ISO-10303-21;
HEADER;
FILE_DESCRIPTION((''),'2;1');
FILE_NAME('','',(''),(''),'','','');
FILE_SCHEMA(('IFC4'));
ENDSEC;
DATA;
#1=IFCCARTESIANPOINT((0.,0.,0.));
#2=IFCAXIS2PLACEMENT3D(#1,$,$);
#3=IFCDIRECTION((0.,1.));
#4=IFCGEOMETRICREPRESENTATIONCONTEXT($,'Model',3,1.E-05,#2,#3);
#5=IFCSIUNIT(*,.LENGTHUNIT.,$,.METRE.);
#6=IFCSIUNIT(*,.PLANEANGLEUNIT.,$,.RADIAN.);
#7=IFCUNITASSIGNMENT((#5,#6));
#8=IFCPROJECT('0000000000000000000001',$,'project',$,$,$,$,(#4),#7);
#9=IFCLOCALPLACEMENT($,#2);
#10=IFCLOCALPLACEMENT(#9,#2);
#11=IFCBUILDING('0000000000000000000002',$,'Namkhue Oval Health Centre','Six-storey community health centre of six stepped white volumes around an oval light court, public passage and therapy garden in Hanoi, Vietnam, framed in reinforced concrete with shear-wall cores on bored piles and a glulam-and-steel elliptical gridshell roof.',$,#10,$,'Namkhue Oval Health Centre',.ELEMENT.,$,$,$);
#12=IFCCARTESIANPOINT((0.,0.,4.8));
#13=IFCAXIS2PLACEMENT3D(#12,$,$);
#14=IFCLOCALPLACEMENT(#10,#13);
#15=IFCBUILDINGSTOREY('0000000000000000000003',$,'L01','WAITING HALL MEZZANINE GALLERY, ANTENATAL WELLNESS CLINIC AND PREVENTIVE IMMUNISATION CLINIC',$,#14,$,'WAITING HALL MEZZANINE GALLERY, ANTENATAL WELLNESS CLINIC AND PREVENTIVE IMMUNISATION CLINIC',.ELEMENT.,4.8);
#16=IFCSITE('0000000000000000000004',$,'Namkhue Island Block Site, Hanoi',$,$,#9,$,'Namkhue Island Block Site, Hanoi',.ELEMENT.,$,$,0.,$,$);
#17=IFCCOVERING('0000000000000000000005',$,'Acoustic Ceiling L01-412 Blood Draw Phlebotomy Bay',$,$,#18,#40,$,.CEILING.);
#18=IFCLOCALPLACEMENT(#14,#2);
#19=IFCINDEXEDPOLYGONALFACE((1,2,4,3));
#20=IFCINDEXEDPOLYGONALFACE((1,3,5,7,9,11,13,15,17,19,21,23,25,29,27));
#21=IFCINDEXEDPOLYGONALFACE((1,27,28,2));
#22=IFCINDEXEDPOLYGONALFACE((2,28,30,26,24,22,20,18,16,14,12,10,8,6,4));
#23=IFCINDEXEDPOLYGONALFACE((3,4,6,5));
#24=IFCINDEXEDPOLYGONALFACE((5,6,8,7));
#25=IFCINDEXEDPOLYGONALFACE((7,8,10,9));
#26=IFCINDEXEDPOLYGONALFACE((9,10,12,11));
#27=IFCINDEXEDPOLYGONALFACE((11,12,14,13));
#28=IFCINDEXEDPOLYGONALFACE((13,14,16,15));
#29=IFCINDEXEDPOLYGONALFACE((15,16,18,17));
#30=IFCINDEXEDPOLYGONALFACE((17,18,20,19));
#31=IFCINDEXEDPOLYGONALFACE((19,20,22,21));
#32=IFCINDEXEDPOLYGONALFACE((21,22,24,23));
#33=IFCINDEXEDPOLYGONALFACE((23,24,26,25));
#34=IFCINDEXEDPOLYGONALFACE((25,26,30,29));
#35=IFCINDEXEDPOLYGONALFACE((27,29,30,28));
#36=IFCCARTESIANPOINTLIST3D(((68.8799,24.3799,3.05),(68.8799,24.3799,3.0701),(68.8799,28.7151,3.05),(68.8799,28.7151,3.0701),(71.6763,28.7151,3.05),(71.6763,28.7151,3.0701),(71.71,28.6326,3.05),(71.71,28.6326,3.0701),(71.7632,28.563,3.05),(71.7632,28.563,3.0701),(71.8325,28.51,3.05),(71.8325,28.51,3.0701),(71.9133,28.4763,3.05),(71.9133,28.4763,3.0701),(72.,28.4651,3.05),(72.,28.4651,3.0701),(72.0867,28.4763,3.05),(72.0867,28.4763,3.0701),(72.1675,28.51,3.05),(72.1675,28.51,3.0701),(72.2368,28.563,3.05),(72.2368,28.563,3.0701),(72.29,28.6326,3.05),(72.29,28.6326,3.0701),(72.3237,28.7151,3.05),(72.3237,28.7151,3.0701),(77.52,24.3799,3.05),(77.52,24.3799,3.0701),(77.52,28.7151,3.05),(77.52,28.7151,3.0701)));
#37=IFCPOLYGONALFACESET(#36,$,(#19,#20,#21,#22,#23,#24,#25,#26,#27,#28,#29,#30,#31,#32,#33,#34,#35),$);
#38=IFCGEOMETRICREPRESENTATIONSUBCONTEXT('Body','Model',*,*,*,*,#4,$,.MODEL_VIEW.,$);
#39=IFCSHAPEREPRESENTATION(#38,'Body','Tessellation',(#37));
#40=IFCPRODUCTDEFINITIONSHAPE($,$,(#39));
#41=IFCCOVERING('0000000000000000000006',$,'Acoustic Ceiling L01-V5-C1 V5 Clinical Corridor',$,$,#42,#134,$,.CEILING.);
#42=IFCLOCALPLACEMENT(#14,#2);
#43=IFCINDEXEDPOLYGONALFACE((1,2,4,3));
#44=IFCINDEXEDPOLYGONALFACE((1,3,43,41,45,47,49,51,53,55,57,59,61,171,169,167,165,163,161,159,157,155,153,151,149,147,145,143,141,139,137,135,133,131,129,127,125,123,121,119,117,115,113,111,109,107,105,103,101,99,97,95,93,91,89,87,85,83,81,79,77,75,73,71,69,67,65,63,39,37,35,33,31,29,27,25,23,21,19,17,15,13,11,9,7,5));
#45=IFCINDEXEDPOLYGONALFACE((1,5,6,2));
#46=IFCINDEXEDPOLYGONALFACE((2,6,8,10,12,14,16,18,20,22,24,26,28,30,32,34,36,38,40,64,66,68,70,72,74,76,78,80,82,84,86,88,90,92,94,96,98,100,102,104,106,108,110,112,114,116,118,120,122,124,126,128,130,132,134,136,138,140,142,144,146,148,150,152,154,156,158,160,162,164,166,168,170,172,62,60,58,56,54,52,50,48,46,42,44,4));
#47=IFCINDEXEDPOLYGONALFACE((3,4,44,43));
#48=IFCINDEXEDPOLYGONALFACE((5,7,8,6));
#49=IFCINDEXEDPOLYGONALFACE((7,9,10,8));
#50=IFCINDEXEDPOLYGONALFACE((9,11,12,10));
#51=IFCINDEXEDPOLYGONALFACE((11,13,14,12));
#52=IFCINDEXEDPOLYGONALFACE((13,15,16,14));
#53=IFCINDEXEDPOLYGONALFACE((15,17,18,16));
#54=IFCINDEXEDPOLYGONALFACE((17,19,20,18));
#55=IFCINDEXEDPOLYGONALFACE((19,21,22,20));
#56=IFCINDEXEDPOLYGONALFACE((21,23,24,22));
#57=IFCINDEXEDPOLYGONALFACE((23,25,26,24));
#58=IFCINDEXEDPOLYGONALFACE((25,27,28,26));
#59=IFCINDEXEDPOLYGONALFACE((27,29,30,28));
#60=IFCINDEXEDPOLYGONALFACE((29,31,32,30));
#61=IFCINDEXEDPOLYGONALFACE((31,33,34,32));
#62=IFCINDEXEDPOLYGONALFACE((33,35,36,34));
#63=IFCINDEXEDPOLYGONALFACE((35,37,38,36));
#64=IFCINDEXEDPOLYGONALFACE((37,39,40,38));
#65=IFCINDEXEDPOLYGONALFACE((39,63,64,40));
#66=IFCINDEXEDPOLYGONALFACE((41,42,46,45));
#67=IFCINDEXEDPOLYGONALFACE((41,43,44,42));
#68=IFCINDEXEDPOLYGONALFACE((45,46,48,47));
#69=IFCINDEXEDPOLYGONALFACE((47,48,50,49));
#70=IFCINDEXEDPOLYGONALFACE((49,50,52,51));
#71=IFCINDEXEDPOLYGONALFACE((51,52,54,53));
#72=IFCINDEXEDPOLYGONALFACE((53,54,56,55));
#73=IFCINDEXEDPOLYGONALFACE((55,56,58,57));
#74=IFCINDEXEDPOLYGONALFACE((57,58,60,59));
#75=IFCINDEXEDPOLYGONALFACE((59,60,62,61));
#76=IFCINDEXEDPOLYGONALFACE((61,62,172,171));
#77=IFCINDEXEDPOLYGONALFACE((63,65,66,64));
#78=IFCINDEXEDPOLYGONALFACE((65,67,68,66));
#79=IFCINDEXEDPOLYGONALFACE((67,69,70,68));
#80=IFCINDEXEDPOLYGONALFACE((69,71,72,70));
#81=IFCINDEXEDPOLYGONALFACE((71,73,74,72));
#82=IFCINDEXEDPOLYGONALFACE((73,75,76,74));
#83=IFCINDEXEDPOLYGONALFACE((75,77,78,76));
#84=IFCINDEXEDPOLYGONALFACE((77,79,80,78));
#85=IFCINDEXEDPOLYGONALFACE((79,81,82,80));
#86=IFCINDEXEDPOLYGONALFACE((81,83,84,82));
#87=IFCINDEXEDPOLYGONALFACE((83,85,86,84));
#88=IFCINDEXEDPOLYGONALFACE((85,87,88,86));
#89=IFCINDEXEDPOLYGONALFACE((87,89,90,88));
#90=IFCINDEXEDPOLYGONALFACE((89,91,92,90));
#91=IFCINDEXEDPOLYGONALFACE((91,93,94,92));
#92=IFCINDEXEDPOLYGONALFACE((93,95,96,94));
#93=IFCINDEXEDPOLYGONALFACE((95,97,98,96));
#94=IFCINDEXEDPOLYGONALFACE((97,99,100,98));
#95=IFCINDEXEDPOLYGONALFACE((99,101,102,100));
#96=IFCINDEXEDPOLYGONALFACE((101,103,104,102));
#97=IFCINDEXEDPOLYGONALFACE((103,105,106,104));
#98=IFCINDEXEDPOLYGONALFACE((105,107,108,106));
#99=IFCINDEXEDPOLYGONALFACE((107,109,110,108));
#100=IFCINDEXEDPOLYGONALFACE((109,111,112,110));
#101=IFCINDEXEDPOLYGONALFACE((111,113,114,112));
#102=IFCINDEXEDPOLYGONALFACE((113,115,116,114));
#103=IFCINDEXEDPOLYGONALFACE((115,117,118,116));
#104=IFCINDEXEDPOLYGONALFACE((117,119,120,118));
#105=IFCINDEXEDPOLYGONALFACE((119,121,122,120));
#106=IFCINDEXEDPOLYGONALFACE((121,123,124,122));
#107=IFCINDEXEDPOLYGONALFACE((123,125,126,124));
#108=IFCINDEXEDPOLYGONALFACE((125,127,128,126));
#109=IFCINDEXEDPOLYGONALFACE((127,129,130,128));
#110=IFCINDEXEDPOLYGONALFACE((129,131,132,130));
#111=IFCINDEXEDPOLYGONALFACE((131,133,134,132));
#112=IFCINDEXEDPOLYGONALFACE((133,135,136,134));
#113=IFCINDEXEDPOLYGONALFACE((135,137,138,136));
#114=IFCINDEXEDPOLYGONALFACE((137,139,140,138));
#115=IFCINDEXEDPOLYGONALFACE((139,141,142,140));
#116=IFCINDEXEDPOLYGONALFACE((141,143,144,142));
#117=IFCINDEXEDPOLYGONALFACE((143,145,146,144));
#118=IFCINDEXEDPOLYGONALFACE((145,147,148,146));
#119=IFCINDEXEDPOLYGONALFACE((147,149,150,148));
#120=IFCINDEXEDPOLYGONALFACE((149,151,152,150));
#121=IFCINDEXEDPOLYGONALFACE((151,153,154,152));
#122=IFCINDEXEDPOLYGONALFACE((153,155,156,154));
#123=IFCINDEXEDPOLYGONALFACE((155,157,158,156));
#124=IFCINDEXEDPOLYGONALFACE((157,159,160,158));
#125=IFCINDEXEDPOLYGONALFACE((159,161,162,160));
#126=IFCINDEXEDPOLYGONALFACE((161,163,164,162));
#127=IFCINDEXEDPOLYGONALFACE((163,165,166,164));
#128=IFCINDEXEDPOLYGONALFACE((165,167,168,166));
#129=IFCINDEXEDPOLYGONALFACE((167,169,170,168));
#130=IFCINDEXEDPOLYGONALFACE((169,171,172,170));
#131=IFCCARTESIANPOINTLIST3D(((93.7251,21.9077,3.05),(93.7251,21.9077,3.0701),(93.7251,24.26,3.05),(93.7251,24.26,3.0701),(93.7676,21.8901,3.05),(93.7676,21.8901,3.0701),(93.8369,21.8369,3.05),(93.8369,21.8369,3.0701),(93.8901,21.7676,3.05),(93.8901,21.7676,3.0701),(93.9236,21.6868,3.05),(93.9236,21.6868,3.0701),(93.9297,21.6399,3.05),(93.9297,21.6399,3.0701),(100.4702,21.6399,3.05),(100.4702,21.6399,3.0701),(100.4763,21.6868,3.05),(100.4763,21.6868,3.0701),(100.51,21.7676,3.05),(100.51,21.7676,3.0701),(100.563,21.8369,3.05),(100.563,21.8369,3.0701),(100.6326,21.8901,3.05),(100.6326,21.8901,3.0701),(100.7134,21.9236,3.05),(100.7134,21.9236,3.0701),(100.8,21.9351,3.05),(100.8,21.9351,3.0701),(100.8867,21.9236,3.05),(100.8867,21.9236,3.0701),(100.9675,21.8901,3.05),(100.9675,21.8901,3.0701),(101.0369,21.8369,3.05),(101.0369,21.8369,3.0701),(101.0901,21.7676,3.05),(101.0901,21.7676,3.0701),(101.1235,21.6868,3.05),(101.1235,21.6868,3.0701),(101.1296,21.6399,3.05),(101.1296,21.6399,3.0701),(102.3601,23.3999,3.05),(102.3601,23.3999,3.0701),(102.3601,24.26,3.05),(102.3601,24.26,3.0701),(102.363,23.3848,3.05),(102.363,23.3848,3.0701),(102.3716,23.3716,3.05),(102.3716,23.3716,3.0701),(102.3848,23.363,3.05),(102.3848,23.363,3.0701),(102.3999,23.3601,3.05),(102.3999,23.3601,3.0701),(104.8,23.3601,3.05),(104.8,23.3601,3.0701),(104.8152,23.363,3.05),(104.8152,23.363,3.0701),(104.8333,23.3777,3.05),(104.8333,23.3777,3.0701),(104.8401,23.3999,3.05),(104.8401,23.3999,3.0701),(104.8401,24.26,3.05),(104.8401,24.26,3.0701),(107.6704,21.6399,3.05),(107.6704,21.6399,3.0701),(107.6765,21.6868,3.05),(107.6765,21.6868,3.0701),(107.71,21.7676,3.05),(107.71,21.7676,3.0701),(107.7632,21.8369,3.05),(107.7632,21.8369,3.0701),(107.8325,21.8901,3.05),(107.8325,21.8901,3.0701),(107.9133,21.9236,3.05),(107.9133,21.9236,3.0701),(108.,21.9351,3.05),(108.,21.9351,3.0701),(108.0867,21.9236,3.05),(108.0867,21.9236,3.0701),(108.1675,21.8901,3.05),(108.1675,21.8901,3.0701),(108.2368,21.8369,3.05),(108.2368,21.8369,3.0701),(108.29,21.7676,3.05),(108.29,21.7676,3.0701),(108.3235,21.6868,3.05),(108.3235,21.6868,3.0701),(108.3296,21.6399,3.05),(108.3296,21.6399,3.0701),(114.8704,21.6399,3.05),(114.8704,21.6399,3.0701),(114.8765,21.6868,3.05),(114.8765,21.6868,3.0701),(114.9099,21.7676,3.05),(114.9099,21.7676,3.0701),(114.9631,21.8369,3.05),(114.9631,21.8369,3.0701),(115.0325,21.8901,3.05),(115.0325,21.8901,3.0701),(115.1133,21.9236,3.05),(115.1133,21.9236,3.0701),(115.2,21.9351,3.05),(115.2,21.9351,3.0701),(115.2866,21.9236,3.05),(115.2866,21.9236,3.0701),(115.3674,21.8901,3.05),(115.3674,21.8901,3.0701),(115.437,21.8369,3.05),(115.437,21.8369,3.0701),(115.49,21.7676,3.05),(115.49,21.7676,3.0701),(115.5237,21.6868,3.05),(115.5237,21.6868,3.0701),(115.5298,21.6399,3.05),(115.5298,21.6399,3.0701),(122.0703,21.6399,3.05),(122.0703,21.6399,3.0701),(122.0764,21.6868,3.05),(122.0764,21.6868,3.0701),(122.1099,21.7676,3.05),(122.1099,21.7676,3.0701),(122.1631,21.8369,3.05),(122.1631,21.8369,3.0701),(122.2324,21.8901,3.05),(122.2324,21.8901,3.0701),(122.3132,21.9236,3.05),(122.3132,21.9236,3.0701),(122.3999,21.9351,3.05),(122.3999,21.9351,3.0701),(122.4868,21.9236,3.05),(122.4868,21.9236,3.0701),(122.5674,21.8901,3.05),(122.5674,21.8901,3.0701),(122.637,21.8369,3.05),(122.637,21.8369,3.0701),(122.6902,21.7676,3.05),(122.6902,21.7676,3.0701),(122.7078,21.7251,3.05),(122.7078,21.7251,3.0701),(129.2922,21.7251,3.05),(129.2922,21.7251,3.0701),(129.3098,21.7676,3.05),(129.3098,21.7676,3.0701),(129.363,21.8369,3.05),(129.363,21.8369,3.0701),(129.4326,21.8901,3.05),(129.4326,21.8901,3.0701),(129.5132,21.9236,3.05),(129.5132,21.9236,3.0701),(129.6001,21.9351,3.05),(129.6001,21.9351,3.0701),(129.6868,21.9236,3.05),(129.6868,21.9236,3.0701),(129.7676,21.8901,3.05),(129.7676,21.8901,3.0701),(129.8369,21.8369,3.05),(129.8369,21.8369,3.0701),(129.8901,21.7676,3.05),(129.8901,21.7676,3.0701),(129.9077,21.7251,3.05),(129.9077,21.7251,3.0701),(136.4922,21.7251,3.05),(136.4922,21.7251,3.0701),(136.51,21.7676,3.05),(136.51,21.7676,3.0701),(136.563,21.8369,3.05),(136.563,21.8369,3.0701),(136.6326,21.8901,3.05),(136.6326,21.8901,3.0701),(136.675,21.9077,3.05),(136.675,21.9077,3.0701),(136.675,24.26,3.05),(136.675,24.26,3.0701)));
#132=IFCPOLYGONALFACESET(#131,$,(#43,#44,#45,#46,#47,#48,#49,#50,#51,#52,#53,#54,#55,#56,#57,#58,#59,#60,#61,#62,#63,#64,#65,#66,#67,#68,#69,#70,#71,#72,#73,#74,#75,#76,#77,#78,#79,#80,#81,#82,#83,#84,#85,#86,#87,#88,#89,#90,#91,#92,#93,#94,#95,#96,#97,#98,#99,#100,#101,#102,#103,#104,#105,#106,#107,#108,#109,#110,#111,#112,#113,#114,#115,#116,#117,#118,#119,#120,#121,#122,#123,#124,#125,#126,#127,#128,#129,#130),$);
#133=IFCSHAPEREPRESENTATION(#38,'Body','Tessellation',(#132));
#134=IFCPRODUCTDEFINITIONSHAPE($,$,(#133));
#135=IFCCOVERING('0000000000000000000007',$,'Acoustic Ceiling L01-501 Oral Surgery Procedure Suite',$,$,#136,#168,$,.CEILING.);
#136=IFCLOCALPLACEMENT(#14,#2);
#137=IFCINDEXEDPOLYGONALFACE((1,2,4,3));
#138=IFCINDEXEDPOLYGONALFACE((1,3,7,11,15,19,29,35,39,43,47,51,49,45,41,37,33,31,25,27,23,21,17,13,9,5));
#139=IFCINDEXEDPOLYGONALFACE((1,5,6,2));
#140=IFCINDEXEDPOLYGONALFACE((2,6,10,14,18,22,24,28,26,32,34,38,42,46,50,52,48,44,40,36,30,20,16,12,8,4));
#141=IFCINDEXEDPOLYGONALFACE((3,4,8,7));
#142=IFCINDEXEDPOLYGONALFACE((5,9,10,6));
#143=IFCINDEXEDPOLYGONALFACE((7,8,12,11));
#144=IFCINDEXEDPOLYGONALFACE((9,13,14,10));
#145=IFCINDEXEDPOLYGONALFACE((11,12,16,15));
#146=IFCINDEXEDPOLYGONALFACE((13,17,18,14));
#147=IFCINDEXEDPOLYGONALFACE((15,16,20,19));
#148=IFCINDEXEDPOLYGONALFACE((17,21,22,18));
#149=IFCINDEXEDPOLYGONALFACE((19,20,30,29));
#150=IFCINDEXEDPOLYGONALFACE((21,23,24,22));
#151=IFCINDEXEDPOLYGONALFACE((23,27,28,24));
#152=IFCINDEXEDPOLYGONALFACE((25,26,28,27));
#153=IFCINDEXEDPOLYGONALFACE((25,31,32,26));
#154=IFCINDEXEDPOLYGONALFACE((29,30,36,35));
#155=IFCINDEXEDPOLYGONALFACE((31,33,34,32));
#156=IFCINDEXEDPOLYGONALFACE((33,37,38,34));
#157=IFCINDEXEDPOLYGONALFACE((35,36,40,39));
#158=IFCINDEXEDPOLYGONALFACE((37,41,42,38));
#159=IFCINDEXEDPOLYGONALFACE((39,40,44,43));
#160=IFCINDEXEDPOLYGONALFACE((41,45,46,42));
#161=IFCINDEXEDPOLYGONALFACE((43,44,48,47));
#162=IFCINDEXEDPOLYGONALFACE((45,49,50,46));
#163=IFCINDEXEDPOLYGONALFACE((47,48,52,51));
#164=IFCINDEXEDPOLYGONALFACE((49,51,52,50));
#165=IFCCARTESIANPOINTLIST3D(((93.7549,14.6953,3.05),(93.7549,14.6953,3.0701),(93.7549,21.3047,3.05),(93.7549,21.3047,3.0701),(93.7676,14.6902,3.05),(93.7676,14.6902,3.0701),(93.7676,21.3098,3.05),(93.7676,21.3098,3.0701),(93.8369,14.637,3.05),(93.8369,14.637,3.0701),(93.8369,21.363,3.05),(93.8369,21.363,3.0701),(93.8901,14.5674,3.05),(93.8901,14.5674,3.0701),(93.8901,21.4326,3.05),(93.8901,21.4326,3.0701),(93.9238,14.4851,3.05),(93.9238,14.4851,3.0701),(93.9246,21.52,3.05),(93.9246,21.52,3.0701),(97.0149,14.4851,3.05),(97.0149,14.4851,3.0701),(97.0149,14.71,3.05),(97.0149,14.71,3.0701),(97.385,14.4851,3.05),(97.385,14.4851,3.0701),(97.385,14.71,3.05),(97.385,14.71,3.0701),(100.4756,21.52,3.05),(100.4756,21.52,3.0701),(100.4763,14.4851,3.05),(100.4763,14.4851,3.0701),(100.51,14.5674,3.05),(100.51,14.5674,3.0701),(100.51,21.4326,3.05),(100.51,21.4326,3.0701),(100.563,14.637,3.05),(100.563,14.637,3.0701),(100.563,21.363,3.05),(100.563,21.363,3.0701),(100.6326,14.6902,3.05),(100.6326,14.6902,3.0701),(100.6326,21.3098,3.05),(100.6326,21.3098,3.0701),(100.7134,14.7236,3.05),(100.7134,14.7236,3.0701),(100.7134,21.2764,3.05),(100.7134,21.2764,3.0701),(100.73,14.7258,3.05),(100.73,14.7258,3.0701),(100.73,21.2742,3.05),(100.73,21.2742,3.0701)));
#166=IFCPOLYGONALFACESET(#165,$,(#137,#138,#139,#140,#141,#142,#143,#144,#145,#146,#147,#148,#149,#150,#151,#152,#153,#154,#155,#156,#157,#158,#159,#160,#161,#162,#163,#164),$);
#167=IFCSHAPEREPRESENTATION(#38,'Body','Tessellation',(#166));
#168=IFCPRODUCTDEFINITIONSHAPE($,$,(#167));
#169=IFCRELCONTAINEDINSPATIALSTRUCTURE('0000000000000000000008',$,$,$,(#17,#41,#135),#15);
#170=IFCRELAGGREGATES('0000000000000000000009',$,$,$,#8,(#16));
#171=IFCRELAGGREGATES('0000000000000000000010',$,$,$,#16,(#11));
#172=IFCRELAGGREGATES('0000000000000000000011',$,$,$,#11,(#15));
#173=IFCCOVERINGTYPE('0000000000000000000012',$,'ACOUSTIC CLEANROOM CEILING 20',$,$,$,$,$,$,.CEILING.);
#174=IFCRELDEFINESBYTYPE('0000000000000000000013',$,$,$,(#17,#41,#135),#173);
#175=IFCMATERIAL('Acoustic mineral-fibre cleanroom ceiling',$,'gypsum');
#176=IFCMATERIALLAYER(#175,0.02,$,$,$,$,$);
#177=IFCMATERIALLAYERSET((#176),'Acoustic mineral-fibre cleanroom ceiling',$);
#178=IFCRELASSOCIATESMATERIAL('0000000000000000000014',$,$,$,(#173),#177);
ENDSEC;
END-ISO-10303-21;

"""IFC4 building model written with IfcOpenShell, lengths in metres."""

from ifc_helpers import new_model, si_unit, direction, frame, origin, place, context, subcontext, project, spatial, polyline, outline, extrude, material, layer, layer_set, type_object, element, save


model = new_model("IFC4")

# Units and contexts
model_context = context("Model", 3, precision=1e-05, world=origin(), true_north=direction((0.0, 1.0)))
body_context = subcontext(model_context, "Body", "Model", "MODEL_VIEW")
ifc_project = project(units=[si_unit("LENGTHUNIT", "METRE"), si_unit("PLANEANGLEUNIT", "RADIAN")], contexts=[model_context])

# Site, building, storey
site_placement = place(None, origin())
site = spatial("IfcSite", under=ifc_project, at=site_placement, Name="Namkhue Island Block Site, Hanoi", LongName="Namkhue Island Block Site, Hanoi", CompositionType="ELEMENT", RefElevation=0.0)
building_placement = place(site_placement, origin())
building = spatial("IfcBuilding", under=site, at=building_placement, Name="Namkhue Oval Health Centre", Description="Six-storey community health centre of six stepped white volumes around an oval light court, public passage and therapy garden in Hanoi, Vietnam, framed in reinforced concrete with shear-wall cores on bored piles and a glulam-and-steel elliptical gridshell roof.", LongName="Namkhue Oval Health Centre", CompositionType="ELEMENT")
storey_placement = place(building_placement, frame((0.0, 0.0, 4.8)))
storey = spatial("IfcBuildingStorey", under=building, at=storey_placement, Name="L01", Description="WAITING HALL MEZZANINE GALLERY, ANTENATAL WELLNESS CLINIC AND PREVENTIVE IMMUNISATION CLINIC", LongName="WAITING HALL MEZZANINE GALLERY, ANTENATAL WELLNESS CLINIC AND PREVENTIVE IMMUNISATION CLINIC", CompositionType="ELEMENT", Elevation=4.8)

# Coverings
ifc_material = material(Name="Acoustic mineral-fibre cleanroom ceiling", Category="gypsum")
ifc_layer = layer(ifc_material, 0.02)
ifc_layer_set = layer_set([ifc_layer], Name="Acoustic mineral-fibre cleanroom ceiling")
covering_type = type_object("IfcCoveringType", Name="ACOUSTIC CLEANROOM CEILING 20", PredefinedType="CEILING", material=ifc_layer_set)
covering_1_placement = place(storey_placement, frame((0.0, 0.0, 3.05)))
element("IfcCovering", 1, at=covering_1_placement, inside=storey, type_object=covering_type, Name="Acoustic Ceiling L01-412 Blood Draw Phlebotomy Bay", PredefinedType="CEILING", context=body_context, shape_type="SweptSolid", body=[
    extrude(outline(polyline([(68.8799, 24.3799), (68.8799, 28.7151), (71.6763, 28.7151), (71.71, 28.6326), (71.7632, 28.563), (71.8325, 28.51), (71.9133, 28.4763), (72.0, 28.4651), (72.0867, 28.4763), (72.1675, 28.51), (72.2368, 28.563), (72.29, 28.6326), (72.3237, 28.7151), (77.52, 28.7151), (77.52, 24.3799), (68.8799, 24.3799)])), origin(), (0.0, 0.0, 1.0), 0.02),
])
covering_2_placement = place(storey_placement, frame((0.0, 0.0, 3.05)))
element("IfcCovering", 2, at=covering_2_placement, inside=storey, type_object=covering_type, Name="Acoustic Ceiling L01-V5-C1 V5 Clinical Corridor", PredefinedType="CEILING", context=body_context, shape_type="SweptSolid", body=[
    extrude(outline(polyline([(115.5298, 21.6399), (115.5237, 21.6868), (115.49, 21.7676), (115.437, 21.8369), (115.3674, 21.8901), (115.2866, 21.9236), (115.2, 21.9351), (115.1133, 21.9236), (115.0325, 21.8901), (114.9631, 21.8369), (114.9099, 21.7676), (114.8765, 21.6868), (114.8704, 21.6399), (108.3296, 21.6399), (108.3235, 21.6868), (108.29, 21.7676), (108.2368, 21.8369), (108.1675, 21.8901), (108.0867, 21.9236), (108.0, 21.9351), (107.9133, 21.9236), (107.8325, 21.8901), (107.7632, 21.8369), (107.71, 21.7676), (107.6765, 21.6868), (107.6704, 21.6399), (101.1296, 21.6399), (101.1235, 21.6868), (101.0901, 21.7676), (101.0369, 21.8369), (100.9675, 21.8901), (100.8867, 21.9236), (100.8, 21.9351), (100.7134, 21.9236), (100.6326, 21.8901), (100.563, 21.8369), (100.51, 21.7676), (100.4763, 21.6868), (100.4702, 21.6399), (93.9297, 21.6399), (93.9236, 21.6868), (93.8901, 21.7676), (93.8369, 21.8369), (93.7676, 21.8901), (93.7251, 21.9077), (93.7251, 24.26), (102.3601, 24.26), (102.3601, 23.3999), (102.363, 23.3848), (102.3716, 23.3716), (102.3848, 23.363), (102.3999, 23.3601), (104.8, 23.3601), (104.8152, 23.363), (104.8333, 23.3777), (104.8401, 23.3999), (104.8401, 24.26), (136.675, 24.26), (136.675, 21.9077), (136.6326, 21.8901), (136.563, 21.8369), (136.51, 21.7676), (136.4922, 21.7251), (129.9077, 21.7251), (129.8901, 21.7676), (129.8369, 21.8369), (129.7676, 21.8901), (129.6868, 21.9236), (129.6001, 21.9351), (129.5132, 21.9236), (129.4326, 21.8901), (129.363, 21.8369), (129.3098, 21.7676), (129.2922, 21.7251), (122.7078, 21.7251), (122.6902, 21.7676), (122.637, 21.8369), (122.5674, 21.8901), (122.4868, 21.9236), (122.3999, 21.9351), (122.3132, 21.9236), (122.2324, 21.8901), (122.1631, 21.8369), (122.1099, 21.7676), (122.0764, 21.6868), (122.0703, 21.6399), (115.5298, 21.6399)])), origin(), (0.0, 0.0, 1.0), 0.02),
])
covering_3_placement = place(storey_placement, frame((0.0, 0.0, 3.05)))
element("IfcCovering", 3, at=covering_3_placement, inside=storey, type_object=covering_type, Name="Acoustic Ceiling L01-501 Oral Surgery Procedure Suite", PredefinedType="CEILING", context=body_context, shape_type="SweptSolid", body=[
    extrude(outline(polyline([(97.385, 14.4851), (97.385, 14.71), (97.0149, 14.71), (97.0149, 14.4851), (93.9238, 14.4851), (93.8901, 14.5674), (93.8369, 14.637), (93.7676, 14.6902), (93.7549, 14.6953), (93.7549, 21.3047), (93.7676, 21.3098), (93.8369, 21.363), (93.8901, 21.4326), (93.9246, 21.52), (100.4756, 21.52), (100.51, 21.4326), (100.563, 21.363), (100.6326, 21.3098), (100.7134, 21.2764), (100.73, 21.2742), (100.73, 14.7258), (100.7134, 14.7236), (100.6326, 14.6902), (100.563, 14.637), (100.51, 14.5674), (100.4763, 14.4851), (97.385, 14.4851)])), origin(), (0.0, 0.0, 1.0), 0.02),
])

save(model, "model.ifc")
